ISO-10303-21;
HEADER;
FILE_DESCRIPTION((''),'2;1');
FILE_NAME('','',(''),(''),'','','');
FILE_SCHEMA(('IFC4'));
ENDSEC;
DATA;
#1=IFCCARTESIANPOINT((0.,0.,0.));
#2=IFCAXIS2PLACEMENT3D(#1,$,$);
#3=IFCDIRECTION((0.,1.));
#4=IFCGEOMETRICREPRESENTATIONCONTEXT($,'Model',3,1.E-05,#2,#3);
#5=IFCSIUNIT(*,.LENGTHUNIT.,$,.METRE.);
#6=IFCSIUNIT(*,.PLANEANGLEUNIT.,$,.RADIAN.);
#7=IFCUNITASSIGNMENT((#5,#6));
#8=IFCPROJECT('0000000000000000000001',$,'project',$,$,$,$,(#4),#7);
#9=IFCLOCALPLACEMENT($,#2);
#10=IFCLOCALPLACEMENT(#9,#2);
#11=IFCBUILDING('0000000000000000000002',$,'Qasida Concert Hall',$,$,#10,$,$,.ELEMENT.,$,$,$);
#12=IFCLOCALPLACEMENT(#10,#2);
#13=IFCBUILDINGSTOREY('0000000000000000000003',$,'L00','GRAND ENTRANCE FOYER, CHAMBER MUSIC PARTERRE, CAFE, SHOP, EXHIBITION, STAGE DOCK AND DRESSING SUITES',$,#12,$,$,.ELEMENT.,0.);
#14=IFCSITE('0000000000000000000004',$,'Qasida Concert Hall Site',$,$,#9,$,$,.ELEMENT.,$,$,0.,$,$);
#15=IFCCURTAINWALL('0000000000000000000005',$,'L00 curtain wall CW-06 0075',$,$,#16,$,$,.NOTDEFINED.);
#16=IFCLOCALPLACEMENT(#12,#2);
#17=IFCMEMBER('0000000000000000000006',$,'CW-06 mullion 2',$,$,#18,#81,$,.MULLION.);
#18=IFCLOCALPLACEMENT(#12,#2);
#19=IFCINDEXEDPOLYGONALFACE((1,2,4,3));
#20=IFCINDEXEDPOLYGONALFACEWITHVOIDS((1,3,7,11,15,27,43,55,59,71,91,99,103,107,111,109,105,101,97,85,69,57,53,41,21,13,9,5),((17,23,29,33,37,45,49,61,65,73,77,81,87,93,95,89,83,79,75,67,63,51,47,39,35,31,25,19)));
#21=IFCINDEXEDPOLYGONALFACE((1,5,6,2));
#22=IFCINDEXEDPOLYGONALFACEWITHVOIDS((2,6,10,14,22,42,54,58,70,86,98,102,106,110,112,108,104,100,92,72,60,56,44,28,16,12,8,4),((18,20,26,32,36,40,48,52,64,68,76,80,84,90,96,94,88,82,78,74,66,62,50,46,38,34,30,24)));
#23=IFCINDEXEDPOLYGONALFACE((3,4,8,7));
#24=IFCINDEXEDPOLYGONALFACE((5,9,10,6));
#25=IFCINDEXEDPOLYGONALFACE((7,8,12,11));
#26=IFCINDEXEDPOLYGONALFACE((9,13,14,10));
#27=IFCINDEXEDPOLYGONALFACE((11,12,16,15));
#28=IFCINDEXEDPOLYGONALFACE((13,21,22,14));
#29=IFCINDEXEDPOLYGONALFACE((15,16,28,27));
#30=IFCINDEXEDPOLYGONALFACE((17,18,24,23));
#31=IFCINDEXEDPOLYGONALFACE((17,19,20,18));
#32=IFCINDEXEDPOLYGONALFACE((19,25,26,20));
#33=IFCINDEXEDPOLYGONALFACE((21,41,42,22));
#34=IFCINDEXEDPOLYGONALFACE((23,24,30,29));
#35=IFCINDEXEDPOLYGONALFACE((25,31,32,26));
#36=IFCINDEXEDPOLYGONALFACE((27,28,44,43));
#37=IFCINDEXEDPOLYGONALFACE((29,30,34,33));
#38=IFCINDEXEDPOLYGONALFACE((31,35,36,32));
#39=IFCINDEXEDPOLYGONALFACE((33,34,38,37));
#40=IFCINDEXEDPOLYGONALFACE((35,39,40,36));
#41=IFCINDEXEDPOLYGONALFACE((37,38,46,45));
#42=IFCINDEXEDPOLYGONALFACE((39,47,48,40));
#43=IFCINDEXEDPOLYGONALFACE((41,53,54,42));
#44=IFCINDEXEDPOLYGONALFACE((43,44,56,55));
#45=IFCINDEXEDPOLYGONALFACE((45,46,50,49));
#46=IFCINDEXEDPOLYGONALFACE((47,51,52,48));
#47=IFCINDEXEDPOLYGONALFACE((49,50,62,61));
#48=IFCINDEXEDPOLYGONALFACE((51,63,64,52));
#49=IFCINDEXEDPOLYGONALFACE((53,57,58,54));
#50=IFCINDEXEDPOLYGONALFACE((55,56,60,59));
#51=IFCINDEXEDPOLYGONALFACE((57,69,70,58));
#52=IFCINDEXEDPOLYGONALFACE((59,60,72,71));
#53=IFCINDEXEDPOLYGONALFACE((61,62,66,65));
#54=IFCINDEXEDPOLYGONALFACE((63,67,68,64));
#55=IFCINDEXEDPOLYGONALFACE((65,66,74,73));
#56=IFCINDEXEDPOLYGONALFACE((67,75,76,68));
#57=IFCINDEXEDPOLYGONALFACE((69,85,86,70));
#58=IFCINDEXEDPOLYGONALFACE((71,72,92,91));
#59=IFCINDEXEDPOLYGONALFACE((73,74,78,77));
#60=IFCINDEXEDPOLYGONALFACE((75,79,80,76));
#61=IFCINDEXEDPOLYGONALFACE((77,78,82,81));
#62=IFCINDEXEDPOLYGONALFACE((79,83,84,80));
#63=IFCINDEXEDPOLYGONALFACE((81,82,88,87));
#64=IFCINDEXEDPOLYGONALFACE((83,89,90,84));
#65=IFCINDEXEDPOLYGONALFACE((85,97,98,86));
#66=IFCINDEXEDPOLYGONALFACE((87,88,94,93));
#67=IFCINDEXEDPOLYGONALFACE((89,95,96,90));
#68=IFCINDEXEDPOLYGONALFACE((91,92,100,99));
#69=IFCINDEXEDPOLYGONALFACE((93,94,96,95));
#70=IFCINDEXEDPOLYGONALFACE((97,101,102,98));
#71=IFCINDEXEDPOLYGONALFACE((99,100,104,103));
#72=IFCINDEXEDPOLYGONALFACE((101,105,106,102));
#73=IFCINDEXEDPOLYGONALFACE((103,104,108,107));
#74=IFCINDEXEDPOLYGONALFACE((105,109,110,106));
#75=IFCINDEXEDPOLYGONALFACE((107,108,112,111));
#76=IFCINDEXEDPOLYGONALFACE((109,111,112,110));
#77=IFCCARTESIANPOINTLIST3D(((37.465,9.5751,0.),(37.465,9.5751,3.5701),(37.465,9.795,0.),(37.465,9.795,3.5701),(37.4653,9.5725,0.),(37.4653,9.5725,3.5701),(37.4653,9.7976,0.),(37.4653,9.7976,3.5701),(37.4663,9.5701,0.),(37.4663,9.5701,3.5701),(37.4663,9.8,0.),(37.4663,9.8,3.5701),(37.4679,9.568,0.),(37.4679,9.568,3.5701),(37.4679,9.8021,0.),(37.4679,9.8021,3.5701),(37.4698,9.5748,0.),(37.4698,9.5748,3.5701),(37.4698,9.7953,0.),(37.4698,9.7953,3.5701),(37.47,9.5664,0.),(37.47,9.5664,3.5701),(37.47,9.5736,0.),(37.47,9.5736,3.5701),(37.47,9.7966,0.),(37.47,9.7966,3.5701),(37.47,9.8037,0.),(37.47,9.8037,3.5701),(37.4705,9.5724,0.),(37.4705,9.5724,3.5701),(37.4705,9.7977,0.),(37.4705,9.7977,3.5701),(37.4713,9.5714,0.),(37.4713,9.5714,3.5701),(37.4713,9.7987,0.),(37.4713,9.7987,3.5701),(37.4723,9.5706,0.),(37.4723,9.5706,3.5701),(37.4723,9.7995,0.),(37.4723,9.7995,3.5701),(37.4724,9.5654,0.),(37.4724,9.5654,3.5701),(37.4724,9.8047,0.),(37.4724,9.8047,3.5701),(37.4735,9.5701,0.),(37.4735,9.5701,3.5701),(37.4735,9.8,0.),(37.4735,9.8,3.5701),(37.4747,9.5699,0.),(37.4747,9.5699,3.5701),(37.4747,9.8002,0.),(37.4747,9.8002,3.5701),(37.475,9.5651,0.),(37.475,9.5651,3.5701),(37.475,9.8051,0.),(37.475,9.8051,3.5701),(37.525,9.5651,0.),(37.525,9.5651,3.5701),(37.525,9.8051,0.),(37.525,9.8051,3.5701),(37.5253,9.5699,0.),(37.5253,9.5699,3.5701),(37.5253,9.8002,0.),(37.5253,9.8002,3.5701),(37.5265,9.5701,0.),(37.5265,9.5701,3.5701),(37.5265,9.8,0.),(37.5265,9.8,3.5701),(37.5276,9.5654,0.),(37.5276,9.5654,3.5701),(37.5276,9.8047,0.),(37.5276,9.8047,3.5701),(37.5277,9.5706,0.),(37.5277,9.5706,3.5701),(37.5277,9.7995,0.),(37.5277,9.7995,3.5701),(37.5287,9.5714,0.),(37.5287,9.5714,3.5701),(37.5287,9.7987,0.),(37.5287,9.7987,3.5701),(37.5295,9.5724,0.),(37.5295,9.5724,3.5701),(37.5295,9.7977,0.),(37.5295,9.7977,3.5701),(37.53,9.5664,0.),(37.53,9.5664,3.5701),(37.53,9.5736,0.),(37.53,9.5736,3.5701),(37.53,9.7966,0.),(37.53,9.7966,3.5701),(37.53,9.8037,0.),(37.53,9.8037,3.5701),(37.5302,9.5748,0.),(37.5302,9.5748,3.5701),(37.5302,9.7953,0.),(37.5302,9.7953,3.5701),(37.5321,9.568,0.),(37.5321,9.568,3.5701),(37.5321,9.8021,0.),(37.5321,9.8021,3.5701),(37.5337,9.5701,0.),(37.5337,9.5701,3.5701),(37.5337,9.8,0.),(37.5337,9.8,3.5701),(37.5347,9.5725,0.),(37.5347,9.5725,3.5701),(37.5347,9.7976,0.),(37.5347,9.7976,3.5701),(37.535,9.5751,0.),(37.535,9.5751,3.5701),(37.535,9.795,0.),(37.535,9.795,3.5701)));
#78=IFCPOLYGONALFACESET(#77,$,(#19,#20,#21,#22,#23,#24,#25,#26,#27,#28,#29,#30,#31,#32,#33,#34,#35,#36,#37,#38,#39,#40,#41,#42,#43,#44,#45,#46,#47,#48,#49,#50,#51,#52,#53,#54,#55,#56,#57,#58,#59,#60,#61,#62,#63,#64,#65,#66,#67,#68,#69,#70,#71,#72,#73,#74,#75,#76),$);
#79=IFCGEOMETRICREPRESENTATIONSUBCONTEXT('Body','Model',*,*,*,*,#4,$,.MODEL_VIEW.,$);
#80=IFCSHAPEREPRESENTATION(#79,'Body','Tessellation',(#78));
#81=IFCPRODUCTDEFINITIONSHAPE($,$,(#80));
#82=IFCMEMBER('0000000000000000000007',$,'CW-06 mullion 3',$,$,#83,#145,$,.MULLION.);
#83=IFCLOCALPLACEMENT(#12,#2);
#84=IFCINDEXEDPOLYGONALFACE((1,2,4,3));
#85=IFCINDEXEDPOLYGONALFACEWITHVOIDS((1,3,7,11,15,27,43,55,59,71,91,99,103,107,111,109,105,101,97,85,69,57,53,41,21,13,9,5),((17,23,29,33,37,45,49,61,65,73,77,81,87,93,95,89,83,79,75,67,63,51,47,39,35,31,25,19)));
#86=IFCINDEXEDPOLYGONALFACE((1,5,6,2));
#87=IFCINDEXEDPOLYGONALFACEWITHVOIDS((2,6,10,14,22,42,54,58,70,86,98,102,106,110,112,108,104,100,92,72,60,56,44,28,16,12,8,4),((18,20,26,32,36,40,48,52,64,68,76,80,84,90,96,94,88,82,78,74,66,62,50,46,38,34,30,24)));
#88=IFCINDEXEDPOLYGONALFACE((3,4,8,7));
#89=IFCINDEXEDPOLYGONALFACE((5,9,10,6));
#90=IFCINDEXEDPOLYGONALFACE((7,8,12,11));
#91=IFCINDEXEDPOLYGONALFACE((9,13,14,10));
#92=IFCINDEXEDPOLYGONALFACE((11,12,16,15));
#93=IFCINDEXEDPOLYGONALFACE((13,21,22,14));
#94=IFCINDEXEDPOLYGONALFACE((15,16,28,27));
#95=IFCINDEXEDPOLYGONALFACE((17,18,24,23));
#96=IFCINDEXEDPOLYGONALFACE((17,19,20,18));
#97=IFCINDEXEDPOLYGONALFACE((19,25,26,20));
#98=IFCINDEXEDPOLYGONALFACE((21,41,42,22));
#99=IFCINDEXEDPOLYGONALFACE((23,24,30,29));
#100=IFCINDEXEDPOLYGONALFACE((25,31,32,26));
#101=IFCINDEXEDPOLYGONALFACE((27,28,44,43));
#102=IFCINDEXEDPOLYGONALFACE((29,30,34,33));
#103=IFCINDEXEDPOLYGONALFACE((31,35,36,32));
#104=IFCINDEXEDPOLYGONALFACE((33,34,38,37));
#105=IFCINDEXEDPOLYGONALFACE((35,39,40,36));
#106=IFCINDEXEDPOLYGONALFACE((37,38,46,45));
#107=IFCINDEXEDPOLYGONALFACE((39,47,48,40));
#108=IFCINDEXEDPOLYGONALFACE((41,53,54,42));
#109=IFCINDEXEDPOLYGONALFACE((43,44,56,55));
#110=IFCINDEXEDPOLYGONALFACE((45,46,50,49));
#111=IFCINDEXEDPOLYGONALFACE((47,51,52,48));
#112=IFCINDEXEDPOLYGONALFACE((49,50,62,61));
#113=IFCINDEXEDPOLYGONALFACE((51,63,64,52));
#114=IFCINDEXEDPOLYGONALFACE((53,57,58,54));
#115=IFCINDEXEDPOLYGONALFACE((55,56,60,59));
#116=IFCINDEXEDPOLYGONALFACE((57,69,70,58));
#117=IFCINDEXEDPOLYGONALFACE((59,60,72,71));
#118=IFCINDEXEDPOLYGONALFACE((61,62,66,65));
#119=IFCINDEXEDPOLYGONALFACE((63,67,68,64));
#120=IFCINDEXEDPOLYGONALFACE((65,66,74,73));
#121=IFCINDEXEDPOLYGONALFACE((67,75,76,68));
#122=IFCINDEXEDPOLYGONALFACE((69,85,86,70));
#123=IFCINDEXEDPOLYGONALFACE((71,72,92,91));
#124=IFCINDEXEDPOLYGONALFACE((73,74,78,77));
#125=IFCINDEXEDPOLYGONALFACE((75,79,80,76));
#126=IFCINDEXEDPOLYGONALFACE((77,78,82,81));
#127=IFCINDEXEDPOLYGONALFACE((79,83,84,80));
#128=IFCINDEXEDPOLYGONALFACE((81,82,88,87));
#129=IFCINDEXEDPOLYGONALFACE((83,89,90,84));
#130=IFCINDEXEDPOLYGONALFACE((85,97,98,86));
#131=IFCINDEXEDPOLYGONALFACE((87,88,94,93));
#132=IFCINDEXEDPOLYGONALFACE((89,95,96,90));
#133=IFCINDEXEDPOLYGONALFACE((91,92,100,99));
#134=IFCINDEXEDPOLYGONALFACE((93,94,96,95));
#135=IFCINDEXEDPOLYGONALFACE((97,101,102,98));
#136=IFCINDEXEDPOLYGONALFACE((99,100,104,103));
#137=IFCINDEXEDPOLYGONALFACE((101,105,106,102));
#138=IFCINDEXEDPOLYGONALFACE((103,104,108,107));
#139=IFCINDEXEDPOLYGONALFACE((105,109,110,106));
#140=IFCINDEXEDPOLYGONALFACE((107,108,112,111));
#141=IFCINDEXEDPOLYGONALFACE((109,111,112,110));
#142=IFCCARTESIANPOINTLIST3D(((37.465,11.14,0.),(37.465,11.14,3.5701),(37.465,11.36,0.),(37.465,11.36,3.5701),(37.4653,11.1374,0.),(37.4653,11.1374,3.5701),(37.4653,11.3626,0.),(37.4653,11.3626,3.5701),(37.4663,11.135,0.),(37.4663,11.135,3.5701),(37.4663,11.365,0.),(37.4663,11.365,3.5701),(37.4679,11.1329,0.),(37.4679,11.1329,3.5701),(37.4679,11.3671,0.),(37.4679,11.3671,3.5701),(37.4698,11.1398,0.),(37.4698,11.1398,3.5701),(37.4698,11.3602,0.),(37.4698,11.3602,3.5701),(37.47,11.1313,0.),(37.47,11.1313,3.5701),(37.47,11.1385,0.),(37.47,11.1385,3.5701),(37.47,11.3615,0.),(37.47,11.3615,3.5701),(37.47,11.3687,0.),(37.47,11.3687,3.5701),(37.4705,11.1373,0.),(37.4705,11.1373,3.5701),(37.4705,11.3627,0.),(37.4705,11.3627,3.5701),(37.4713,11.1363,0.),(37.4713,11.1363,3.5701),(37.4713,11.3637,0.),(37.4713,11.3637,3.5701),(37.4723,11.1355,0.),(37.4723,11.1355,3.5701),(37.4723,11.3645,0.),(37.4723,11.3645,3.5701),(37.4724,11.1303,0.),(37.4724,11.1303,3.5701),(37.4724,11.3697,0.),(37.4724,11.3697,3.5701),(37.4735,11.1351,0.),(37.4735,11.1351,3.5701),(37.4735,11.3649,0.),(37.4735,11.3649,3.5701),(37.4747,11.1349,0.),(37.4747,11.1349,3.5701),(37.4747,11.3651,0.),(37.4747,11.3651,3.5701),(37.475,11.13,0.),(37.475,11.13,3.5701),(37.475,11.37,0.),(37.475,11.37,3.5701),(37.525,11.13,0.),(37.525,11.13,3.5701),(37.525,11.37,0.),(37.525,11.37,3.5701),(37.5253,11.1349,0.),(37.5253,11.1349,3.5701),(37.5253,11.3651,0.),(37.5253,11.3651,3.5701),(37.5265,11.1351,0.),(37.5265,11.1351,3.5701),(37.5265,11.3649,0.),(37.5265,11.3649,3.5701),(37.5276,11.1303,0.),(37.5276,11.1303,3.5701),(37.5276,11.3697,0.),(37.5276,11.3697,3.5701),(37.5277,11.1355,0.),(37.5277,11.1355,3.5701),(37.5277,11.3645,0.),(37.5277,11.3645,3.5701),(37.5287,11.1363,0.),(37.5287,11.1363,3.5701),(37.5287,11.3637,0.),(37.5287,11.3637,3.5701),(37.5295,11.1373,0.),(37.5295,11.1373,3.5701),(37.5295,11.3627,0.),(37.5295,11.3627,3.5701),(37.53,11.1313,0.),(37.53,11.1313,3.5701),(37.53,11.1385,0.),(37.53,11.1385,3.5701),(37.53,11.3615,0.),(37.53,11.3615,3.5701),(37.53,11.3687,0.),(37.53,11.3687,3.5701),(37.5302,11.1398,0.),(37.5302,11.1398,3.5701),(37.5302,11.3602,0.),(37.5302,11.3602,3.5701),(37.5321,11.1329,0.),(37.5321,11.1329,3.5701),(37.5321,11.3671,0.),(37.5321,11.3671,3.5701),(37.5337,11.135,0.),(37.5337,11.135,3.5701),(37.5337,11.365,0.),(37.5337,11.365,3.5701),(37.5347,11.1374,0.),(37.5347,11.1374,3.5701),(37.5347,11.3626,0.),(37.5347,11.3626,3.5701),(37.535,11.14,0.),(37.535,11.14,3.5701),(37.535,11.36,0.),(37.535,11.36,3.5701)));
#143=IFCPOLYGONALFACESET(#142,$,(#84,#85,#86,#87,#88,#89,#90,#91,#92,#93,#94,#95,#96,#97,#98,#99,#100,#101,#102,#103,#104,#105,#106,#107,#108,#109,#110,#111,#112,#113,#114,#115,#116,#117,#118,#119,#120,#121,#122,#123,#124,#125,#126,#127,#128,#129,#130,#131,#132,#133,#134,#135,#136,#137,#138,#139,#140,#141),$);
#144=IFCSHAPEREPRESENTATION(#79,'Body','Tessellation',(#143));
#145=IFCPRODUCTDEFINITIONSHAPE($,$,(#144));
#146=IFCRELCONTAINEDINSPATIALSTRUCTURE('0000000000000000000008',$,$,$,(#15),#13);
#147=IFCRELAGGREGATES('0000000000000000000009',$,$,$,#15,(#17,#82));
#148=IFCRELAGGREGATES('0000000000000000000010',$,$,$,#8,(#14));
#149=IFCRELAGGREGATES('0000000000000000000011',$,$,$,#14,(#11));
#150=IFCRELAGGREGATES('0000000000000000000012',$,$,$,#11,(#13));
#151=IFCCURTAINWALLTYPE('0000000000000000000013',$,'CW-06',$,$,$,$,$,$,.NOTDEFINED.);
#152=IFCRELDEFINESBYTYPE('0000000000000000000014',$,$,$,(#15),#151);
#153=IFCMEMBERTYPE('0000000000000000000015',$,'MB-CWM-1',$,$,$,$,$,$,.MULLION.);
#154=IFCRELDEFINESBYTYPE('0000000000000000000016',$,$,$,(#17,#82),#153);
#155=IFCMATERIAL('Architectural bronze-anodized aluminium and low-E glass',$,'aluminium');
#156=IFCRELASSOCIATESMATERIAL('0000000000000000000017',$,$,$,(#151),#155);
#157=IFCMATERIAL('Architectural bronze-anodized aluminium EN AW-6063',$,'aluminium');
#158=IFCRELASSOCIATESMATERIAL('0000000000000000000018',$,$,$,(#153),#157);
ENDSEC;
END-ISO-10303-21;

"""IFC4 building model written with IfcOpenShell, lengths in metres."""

from ifc_helpers import new_model, si_unit, direction, frame, origin, origin_2d, place, context, subcontext, project, spatial, hollow_rectangle, extrude, material, material_profile, profile_set, type_object, element, aggregate, save


model = new_model("IFC4")

# Units and contexts
model_context = context("Model", 3, precision=1e-05, world=origin(), true_north=direction((0.0, 1.0)))
body_context = subcontext(model_context, "Body", "Model", "MODEL_VIEW")
ifc_project = project(units=[si_unit("LENGTHUNIT", "METRE"), si_unit("PLANEANGLEUNIT", "RADIAN")], contexts=[model_context])

# Site, building, storey
site_placement = place(None, origin())
site = spatial("IfcSite", under=ifc_project, at=site_placement, Name="Qasida Concert Hall Site", CompositionType="ELEMENT", RefElevation=0.0)
building_placement = place(site_placement, origin())
building = spatial("IfcBuilding", under=site, at=building_placement, Name="Qasida Concert Hall", CompositionType="ELEMENT")
storey_placement = place(building_placement, origin())
storey = spatial("IfcBuildingStorey", under=building, at=storey_placement, Name="L00", Description="GRAND ENTRANCE FOYER, CHAMBER MUSIC PARTERRE, CAFE, SHOP, EXHIBITION, STAGE DOCK AND DRESSING SUITES", CompositionType="ELEMENT", Elevation=0.0)

# Curtain wall, members
ifc_material_1 = material(Name="Architectural bronze-anodized aluminium and low-E glass", Category="aluminium")
curtain_wall_type = type_object("IfcCurtainWallType", Name="CW-06", PredefinedType="NOTDEFINED", material=ifc_material_1)
curtain_wall_placement = place(storey_placement, origin())
curtain_wall = element("IfcCurtainWall", 1, at=curtain_wall_placement, inside=storey, type_object=curtain_wall_type, Name="L00 curtain wall CW-06 0075", PredefinedType="NOTDEFINED")
ifc_material_2 = material(Name="Architectural bronze-anodized aluminium EN AW-6063", Category="aluminium")
ifc_material_profile_1 = material_profile(ifc_material_2, hollow_rectangle(XDim=0.0701, YDim=0.24, WallThickness=0.0049, InnerFilletRadius=0.0049, OuterFilletRadius=0.01, at=origin_2d()), Name="CWM 240x70x5")
ifc_profile_set_1 = profile_set([ifc_material_profile_1], Name="Architectural bronze-anodized aluminium EN AW-6063")
member_type_1 = type_object("IfcMemberType", Name="MB-CWM-1", PredefinedType="MULLION", material=ifc_profile_set_1)
member_1_placement = place(storey_placement, frame((37.5, 9.6851, 0.0), z_axis=(0.0, 0.0, 1.0), x_axis=(-1.0, 0.0, 0.0)))
member_1 = element("IfcMember", 2, at=member_1_placement, type_object=member_type_1, Name="CW-06 mullion 2", PredefinedType="MULLION", context=body_context, shape_type="SweptSolid", body=[
    extrude(hollow_rectangle(XDim=0.0701, YDim=0.24, WallThickness=0.0049, InnerFilletRadius=0.0049, OuterFilletRadius=0.01, at=origin_2d()), origin(), (0.0, 0.0, 1.0), 3.5701),
])
member_2_placement = place(storey_placement, frame((37.5, 11.25, 0.0), z_axis=(0.0, 0.0, 1.0), x_axis=(-1.0, 0.0, 0.0)))
member_2 = element("IfcMember", 3, at=member_2_placement, type_object=member_type_1, Name="CW-06 mullion 3", PredefinedType="MULLION", context=body_context, shape_type="SweptSolid", body=[
    extrude(hollow_rectangle(XDim=0.0701, YDim=0.24, WallThickness=0.0049, InnerFilletRadius=0.0049, OuterFilletRadius=0.01, at=origin_2d()), origin(), (0.0, 0.0, 1.0), 3.5701),
])
aggregate(curtain_wall, [member_1, member_2])

save(model, "model.ifc")
